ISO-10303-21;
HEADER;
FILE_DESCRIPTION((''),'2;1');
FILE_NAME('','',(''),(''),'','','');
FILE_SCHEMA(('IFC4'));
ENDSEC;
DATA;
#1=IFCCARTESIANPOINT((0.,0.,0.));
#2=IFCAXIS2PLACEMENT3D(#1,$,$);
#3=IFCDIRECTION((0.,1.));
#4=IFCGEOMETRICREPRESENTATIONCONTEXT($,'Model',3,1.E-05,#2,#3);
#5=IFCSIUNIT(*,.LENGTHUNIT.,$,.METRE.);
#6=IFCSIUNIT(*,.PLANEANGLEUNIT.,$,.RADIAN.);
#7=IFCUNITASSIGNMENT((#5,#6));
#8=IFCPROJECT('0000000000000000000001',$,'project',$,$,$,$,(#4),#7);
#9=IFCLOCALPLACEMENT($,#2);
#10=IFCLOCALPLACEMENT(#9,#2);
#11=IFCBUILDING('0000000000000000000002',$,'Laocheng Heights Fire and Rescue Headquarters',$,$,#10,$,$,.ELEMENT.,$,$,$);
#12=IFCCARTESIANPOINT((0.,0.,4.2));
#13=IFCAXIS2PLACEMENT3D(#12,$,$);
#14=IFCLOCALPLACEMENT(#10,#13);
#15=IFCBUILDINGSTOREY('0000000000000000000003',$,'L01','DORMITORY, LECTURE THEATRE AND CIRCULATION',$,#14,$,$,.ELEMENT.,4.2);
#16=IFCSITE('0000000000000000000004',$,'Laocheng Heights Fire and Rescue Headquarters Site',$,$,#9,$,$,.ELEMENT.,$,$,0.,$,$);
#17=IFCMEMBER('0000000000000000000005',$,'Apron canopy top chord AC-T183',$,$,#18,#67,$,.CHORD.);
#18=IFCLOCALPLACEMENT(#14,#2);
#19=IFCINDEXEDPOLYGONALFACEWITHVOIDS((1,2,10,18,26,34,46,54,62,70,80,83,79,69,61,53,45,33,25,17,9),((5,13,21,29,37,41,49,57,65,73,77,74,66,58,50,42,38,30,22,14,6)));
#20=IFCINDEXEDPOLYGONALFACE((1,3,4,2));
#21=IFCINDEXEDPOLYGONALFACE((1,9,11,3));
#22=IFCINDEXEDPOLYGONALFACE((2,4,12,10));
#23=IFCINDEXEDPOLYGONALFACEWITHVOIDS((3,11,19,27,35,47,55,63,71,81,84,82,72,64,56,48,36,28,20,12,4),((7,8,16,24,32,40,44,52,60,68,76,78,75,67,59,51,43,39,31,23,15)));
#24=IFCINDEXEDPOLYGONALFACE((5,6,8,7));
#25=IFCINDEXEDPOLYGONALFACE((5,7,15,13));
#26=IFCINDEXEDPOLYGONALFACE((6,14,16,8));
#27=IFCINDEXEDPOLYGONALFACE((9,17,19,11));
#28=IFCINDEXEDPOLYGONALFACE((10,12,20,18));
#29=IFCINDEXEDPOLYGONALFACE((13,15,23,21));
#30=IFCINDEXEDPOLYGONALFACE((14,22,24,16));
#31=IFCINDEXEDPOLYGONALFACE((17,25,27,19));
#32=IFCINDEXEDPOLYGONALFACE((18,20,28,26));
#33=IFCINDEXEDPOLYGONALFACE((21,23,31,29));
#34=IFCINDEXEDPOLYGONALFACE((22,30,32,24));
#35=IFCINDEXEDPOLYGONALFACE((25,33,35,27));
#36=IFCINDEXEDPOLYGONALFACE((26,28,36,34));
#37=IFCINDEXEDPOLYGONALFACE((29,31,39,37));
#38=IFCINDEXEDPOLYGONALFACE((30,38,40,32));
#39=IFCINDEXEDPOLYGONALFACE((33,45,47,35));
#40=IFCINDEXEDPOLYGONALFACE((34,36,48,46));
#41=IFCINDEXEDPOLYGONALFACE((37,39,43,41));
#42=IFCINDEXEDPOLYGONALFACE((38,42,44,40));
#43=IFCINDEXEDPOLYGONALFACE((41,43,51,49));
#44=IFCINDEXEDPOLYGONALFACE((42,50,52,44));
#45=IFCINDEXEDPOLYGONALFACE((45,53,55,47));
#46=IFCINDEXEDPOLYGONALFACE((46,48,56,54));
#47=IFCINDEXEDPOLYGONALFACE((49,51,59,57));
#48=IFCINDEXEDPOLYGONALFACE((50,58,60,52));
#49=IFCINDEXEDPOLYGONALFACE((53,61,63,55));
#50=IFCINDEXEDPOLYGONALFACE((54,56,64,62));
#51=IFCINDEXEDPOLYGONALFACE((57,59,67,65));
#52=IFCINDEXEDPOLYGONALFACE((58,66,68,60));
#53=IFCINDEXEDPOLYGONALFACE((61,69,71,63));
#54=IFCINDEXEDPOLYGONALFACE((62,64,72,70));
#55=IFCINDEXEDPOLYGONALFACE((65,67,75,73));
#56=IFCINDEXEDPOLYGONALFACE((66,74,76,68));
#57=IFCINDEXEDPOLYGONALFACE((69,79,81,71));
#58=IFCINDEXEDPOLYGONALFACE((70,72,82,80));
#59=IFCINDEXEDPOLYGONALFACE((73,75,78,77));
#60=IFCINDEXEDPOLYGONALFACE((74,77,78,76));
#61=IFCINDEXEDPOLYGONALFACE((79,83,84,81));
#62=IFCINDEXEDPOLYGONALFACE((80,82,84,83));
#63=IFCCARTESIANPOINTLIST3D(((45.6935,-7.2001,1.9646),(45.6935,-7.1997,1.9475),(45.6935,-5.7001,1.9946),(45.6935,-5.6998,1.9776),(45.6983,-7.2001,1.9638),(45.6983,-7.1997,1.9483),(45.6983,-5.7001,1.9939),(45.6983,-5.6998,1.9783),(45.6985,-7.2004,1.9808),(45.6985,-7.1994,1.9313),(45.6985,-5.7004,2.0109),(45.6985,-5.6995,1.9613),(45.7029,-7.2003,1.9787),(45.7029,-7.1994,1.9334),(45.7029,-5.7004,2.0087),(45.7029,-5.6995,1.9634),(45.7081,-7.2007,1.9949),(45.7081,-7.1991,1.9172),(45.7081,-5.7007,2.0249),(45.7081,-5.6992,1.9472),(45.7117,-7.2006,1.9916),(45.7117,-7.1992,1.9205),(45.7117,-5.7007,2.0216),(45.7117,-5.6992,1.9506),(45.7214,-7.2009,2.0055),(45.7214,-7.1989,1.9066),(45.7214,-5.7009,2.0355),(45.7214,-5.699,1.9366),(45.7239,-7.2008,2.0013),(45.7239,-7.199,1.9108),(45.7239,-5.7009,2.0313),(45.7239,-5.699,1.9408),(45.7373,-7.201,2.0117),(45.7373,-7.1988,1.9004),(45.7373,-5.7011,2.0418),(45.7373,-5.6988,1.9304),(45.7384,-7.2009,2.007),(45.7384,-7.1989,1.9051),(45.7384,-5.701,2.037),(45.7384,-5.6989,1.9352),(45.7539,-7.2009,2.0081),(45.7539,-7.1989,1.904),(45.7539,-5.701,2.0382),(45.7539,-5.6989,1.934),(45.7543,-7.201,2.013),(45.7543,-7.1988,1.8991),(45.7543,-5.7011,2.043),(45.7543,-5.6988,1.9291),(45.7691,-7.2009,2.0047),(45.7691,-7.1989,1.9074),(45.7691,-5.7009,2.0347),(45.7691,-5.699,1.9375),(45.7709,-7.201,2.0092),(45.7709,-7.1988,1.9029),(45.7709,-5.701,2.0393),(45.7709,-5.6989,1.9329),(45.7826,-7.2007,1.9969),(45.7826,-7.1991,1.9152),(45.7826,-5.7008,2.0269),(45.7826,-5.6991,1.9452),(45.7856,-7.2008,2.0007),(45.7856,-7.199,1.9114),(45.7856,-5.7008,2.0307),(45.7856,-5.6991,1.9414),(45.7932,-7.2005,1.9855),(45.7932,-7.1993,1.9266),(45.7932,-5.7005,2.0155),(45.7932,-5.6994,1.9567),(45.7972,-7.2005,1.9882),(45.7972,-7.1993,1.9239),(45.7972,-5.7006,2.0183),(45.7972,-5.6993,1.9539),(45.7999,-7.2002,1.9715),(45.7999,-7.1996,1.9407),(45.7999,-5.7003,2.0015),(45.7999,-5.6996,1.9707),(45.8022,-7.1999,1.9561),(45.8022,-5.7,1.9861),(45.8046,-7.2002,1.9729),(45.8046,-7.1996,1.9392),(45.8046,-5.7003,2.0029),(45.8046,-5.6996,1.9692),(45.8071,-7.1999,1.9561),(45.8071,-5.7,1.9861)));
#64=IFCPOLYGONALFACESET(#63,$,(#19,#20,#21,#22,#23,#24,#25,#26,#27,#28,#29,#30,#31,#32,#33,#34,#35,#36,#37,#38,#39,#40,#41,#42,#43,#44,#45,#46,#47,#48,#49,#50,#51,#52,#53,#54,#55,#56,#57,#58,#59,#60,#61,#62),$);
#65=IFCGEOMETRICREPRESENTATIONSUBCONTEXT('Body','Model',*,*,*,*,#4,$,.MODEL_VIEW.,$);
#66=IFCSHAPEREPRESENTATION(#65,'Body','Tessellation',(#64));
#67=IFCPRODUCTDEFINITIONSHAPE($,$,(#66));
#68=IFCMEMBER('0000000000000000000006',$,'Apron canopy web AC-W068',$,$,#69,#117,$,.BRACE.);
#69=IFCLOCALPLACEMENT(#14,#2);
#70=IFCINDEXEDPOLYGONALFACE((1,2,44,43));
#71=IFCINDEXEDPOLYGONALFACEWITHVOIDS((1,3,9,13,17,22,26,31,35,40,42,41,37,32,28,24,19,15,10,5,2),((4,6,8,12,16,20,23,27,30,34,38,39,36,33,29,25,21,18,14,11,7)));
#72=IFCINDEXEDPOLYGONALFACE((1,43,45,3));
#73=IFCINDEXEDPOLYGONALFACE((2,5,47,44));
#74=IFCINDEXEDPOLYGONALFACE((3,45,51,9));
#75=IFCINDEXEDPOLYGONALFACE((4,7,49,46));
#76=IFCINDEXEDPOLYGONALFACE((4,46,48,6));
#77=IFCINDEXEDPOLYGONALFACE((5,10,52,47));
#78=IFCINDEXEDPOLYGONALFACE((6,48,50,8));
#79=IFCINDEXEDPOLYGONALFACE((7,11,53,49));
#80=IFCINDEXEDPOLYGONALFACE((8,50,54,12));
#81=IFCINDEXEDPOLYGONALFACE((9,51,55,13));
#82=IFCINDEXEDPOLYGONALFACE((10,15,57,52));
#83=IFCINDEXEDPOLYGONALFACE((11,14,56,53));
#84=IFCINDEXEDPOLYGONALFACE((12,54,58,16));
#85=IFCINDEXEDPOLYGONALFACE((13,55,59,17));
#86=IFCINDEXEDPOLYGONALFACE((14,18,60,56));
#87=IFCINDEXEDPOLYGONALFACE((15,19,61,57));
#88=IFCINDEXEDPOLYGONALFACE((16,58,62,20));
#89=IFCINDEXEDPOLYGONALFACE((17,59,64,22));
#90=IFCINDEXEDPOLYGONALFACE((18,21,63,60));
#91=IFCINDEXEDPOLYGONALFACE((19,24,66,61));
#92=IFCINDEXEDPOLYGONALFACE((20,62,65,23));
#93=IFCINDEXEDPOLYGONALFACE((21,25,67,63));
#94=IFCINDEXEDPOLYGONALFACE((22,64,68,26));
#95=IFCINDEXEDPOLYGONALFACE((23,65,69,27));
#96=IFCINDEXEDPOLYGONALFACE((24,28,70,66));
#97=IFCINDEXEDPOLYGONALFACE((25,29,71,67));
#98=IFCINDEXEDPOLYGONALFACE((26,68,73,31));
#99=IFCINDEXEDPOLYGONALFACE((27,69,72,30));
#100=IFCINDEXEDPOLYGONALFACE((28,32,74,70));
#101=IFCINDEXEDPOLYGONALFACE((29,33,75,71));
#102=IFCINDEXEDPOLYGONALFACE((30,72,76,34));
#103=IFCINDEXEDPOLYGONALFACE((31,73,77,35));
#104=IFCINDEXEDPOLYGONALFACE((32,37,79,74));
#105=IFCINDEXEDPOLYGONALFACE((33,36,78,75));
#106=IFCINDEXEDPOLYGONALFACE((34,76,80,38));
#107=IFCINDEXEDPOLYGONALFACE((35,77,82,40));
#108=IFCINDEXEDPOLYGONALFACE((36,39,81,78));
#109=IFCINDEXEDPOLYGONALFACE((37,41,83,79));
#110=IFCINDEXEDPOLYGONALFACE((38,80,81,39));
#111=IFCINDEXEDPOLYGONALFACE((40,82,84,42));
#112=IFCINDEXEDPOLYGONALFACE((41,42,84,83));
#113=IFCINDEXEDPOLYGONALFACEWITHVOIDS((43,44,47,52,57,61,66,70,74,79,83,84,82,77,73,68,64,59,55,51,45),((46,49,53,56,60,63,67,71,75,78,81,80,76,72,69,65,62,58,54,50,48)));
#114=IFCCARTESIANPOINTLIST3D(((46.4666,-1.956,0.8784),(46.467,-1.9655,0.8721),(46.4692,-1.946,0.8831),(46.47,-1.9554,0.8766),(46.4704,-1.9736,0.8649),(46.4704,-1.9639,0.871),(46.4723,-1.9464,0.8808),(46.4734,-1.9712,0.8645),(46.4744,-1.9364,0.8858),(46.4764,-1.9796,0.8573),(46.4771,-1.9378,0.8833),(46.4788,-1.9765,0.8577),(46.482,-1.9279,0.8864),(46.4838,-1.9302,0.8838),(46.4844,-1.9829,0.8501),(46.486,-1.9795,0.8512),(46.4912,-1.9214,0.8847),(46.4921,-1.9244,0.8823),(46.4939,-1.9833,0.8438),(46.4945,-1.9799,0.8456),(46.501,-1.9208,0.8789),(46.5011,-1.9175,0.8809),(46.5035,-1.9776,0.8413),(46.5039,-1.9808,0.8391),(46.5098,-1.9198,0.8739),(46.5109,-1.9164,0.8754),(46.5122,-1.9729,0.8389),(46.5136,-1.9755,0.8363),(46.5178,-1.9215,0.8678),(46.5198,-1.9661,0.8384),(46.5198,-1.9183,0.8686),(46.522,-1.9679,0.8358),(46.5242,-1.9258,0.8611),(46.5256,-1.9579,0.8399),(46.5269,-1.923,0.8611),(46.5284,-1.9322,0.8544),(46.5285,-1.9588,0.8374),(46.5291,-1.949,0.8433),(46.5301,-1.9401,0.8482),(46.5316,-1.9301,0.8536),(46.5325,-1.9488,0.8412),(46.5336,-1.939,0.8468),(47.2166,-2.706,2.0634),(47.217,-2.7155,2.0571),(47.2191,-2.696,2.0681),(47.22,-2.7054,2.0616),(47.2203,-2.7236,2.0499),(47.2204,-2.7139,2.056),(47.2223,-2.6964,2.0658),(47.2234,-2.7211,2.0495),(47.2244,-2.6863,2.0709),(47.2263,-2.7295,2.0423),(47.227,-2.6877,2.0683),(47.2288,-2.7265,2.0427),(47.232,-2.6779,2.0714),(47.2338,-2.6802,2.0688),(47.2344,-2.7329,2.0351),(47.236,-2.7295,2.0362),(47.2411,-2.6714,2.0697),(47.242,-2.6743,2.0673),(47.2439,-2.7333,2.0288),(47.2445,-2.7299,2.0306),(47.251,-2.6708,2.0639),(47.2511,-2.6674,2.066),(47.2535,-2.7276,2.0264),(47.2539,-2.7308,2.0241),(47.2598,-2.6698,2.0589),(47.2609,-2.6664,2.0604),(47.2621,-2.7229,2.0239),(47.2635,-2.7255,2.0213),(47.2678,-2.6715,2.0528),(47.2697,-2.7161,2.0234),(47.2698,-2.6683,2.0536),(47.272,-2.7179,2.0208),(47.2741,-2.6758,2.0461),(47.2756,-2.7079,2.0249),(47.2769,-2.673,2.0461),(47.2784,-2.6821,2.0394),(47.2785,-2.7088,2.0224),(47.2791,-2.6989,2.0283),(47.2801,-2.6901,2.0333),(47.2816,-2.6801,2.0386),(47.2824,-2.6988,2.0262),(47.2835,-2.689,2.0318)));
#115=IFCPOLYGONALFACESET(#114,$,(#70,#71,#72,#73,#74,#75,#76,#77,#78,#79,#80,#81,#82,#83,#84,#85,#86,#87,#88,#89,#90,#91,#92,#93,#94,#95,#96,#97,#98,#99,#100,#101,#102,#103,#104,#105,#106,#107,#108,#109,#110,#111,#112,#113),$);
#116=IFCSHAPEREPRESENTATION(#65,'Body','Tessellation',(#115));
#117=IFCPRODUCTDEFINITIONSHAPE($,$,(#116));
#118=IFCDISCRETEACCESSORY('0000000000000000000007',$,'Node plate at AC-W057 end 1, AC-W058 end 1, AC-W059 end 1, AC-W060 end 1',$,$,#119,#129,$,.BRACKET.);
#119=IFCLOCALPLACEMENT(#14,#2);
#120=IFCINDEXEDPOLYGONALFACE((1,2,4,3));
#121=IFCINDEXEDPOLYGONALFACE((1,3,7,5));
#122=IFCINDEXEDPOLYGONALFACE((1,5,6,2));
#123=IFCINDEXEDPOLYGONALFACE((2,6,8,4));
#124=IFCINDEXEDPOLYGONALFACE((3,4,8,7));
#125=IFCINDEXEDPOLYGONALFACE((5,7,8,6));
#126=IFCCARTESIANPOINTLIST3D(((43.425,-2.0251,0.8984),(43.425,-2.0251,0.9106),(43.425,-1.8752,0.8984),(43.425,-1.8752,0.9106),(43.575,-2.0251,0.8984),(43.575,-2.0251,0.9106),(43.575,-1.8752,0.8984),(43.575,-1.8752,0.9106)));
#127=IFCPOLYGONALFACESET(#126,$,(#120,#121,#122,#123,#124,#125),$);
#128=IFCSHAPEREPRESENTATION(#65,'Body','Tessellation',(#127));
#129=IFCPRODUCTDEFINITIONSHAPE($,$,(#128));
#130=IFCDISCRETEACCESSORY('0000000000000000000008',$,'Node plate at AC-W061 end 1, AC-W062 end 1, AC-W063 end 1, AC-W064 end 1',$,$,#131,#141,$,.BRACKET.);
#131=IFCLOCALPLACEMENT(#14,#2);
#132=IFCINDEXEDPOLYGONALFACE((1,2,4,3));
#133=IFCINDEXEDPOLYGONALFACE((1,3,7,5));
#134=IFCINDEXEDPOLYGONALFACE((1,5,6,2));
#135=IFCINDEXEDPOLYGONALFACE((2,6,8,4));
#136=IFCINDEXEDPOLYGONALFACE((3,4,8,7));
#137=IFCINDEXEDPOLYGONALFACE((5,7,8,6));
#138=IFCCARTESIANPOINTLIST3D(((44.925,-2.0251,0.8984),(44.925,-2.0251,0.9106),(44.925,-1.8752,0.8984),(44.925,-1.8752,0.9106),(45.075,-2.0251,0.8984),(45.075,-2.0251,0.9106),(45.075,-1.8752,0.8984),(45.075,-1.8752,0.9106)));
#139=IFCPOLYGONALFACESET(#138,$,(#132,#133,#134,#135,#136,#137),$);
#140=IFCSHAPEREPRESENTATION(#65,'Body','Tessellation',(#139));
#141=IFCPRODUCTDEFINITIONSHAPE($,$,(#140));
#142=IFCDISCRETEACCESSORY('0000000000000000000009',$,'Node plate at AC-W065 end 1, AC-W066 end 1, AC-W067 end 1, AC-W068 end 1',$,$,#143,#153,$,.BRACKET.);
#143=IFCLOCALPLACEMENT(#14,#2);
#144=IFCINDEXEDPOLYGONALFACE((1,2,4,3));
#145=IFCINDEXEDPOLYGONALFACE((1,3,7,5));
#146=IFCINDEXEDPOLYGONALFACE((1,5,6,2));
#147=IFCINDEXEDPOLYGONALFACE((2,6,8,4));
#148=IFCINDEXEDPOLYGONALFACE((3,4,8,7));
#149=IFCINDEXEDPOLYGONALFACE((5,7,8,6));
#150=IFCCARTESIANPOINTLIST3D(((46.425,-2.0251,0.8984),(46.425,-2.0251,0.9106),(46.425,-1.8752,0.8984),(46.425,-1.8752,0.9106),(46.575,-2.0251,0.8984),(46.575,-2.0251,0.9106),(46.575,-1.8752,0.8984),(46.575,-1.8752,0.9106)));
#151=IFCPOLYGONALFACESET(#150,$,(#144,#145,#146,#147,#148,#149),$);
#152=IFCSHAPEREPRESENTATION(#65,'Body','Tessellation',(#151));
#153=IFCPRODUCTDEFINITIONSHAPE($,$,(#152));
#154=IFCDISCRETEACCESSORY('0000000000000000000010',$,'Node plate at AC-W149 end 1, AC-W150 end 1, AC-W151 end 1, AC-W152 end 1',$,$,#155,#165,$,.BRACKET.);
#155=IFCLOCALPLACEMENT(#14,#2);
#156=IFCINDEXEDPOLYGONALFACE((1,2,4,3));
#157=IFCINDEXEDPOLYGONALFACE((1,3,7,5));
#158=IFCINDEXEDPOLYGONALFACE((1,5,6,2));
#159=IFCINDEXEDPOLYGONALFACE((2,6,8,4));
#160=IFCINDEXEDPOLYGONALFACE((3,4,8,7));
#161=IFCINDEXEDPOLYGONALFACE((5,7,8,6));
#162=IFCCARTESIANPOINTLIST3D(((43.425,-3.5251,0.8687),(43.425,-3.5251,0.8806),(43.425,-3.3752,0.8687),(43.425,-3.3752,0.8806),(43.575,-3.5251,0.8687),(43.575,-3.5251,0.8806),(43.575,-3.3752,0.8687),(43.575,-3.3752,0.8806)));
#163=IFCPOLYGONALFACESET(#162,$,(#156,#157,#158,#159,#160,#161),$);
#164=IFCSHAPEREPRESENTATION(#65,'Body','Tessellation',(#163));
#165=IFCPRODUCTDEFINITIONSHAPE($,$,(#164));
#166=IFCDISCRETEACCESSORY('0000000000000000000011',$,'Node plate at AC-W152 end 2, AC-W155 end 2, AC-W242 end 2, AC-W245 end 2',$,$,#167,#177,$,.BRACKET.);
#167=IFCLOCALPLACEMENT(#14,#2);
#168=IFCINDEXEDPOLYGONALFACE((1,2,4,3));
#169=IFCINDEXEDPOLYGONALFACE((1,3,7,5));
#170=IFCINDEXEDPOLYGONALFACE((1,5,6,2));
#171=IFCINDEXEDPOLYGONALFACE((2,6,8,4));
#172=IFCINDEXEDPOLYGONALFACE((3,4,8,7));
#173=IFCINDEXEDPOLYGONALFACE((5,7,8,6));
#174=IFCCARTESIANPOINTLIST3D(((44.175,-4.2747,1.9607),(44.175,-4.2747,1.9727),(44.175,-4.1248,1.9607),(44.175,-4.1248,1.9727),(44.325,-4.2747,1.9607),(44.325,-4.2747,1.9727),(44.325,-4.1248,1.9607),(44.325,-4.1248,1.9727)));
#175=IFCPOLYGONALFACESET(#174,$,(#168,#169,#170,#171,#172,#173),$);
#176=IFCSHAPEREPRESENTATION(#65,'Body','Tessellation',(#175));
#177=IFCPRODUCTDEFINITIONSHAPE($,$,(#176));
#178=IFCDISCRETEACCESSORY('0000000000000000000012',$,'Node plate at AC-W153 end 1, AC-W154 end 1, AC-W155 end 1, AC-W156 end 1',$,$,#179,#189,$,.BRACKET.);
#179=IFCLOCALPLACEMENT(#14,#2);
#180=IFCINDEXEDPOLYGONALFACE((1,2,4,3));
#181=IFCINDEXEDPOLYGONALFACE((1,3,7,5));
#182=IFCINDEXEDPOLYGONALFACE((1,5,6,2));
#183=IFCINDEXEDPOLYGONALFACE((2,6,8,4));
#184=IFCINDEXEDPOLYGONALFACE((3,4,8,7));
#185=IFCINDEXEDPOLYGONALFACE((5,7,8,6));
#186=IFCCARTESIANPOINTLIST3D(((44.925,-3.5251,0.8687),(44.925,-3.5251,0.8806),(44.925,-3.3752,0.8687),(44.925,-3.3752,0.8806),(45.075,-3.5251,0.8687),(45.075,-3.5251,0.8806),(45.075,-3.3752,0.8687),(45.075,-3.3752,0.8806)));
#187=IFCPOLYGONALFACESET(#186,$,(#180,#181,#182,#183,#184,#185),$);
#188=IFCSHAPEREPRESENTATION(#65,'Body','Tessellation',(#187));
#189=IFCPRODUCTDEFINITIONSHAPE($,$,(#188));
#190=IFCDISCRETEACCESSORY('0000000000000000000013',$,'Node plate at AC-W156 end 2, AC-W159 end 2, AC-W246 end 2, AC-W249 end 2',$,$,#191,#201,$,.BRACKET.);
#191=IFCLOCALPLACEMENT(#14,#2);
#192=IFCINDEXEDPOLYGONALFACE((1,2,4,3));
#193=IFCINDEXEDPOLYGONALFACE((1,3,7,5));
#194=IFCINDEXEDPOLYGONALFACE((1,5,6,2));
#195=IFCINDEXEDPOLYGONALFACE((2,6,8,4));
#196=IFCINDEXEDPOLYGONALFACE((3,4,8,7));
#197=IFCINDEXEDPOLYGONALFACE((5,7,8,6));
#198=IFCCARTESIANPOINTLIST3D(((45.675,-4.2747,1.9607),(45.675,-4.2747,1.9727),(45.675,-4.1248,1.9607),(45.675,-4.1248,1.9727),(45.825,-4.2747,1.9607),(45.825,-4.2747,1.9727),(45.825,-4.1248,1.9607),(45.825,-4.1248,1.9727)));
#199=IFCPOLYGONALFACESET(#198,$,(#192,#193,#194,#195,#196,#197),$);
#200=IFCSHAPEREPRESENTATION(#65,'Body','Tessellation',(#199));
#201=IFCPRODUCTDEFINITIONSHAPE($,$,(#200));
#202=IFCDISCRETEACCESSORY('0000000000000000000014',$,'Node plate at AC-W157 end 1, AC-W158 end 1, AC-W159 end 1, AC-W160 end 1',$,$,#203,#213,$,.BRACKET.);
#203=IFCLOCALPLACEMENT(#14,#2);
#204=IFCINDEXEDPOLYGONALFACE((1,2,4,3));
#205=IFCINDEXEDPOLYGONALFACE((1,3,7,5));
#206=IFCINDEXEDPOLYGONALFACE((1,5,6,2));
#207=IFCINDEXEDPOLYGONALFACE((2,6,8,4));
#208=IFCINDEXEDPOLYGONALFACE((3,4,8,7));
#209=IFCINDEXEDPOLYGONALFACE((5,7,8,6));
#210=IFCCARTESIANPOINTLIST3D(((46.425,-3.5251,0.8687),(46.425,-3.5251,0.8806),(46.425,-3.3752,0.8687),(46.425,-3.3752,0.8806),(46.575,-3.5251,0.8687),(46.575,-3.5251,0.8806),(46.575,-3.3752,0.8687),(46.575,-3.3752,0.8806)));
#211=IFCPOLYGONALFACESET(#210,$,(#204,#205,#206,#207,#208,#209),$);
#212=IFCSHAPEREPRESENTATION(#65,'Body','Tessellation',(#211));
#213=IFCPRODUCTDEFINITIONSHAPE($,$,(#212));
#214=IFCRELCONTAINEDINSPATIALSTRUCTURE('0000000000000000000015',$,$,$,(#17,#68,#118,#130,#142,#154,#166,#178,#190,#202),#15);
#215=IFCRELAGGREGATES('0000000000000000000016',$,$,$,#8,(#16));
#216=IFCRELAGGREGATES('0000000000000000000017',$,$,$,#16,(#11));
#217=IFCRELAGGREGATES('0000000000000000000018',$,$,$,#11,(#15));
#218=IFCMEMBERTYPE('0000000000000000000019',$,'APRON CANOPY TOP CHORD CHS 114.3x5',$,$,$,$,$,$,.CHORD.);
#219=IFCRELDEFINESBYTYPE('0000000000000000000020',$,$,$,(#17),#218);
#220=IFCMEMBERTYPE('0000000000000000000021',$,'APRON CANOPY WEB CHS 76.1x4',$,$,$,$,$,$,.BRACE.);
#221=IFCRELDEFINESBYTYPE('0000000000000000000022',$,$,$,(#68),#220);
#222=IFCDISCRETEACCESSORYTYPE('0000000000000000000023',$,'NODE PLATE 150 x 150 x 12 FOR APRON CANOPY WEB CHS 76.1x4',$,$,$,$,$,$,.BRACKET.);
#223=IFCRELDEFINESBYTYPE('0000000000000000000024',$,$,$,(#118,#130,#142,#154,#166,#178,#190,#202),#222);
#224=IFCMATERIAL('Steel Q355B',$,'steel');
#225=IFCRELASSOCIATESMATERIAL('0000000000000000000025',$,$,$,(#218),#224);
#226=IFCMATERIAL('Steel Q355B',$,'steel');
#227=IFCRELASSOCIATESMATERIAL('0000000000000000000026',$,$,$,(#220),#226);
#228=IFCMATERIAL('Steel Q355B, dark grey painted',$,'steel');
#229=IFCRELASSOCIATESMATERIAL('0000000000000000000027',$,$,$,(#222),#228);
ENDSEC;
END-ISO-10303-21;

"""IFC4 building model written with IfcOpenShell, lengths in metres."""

from ifc_helpers import new_model, si_unit, direction, frame, origin, origin_2d, place, context, subcontext, project, spatial, rectangle, hollow_circle, extrude, material, material_profile, profile_set, type_object, element, save


model = new_model("IFC4")

# Units and contexts
model_context = context("Model", 3, precision=1e-05, world=origin(), true_north=direction((0.0, 1.0)))
body_context = subcontext(model_context, "Body", "Model", "MODEL_VIEW")
ifc_project = project(units=[si_unit("LENGTHUNIT", "METRE"), si_unit("PLANEANGLEUNIT", "RADIAN")], contexts=[model_context])

# Site, building, storey
site_placement = place(None, origin())
site = spatial("IfcSite", under=ifc_project, at=site_placement, Name="Laocheng Heights Fire and Rescue Headquarters Site", CompositionType="ELEMENT", RefElevation=0.0)
building_placement = place(site_placement, origin())
building = spatial("IfcBuilding", under=site, at=building_placement, Name="Laocheng Heights Fire and Rescue Headquarters", CompositionType="ELEMENT")
storey_placement = place(building_placement, frame((0.0, 0.0, 4.2)))
storey = spatial("IfcBuildingStorey", under=building, at=storey_placement, Name="L01", Description="DORMITORY, LECTURE THEATRE AND CIRCULATION", CompositionType="ELEMENT", Elevation=4.2)

# Members
ifc_material_1 = material(Name="Steel Q355B", Category="steel")
ifc_material_profile_1 = material_profile(ifc_material_1, hollow_circle(Radius=0.0571, WallThickness=0.0049, at=origin_2d()), Name="CHS 114.3x5")
ifc_profile_set_1 = profile_set([ifc_material_profile_1], Name="Steel Q355B")
member_type_1 = type_object("IfcMemberType", Name="APRON CANOPY TOP CHORD CHS 114.3x5", PredefinedType="CHORD", material=ifc_profile_set_1)
for number, where, z_axis, x_axis, name in (
    (1, (45.75, -5.7, 1.9861), (0.0, -0.9998, -0.020016), (1.0, 0.0, 0.0), "Apron canopy top chord AC-T183"),
):
    element("IfcMember", number, at=place(storey_placement, frame(where, z_axis=z_axis, x_axis=x_axis)), inside=storey, type_object=member_type_1, Name=name, PredefinedType="CHORD", context=body_context, shape_type="SweptSolid", body=[
        extrude(hollow_circle(Radius=0.0571, WallThickness=0.0049, at=origin_2d()), origin(), (0.0, 0.0, 1.0), 1.5002),
    ])
ifc_material_2 = material(Name="Steel Q355B", Category="steel")
ifc_material_profile_2 = material_profile(ifc_material_2, hollow_circle(Radius=0.0381, WallThickness=0.0039, at=origin_2d()), Name="CHS 76.1x4")
ifc_profile_set_2 = profile_set([ifc_material_profile_2], Name="Steel Q355B")
member_type_2 = type_object("IfcMemberType", Name="APRON CANOPY WEB CHS 76.1x4", PredefinedType="BRACE", material=ifc_profile_set_2)
member_placement = place(storey_placement, frame((46.5, -1.95, 0.8611), z_axis=(0.47158, -0.47158, 0.745134), x_axis=(0.707107, 0.707107, 0.0)))
element("IfcMember", 2, at=member_placement, inside=storey, type_object=member_type_2, Name="Apron canopy web AC-W068", PredefinedType="BRACE", context=body_context, shape_type="SweptSolid", body=[
    extrude(hollow_circle(Radius=0.0381, WallThickness=0.0039, at=origin_2d()), origin(), (0.0, 0.0, 1.0), 1.5903),
])

# Discrete accessories
ifc_material_3 = material(Name="Steel Q355B, dark grey painted", Category="steel")
ifc_material_profile_3 = material_profile(ifc_material_3, rectangle(XDim=0.1499, YDim=0.1499, at=origin_2d()), Name="NODE PLATE 150 x 150 x 12 FOR APRON CANOPY WEB CHS 76.1x4")
ifc_profile_set_3 = profile_set([ifc_material_profile_3], Name="Steel Q355B, dark grey painted")
discrete_accessory_type = type_object("IfcDiscreteAccessoryType", Name="NODE PLATE 150 x 150 x 12 FOR APRON CANOPY WEB CHS 76.1x4", PredefinedType="BRACKET", material=ifc_profile_set_3)
for number, where, z_axis, x_axis, name in (
    (3, (43.5, -1.9502, 0.8984), (0.0, 0.0, 1.0), (1.0, 0.0, 0.0), "Node plate at AC-W057 end 1, AC-W058 end 1, AC-W059 end 1, AC-W060 end 1"),
    (4, (45.0, -1.9502, 0.8984), (0.0, 0.0, 1.0), (1.0, 0.0, 0.0), "Node plate at AC-W061 end 1, AC-W062 end 1, AC-W063 end 1, AC-W064 end 1"),
    (5, (46.5, -1.9502, 0.8984), (0.0, 0.0, 1.0), (1.0, 0.0, 0.0), "Node plate at AC-W065 end 1, AC-W066 end 1, AC-W067 end 1, AC-W068 end 1"),
):
    element("IfcDiscreteAccessory", number, at=place(storey_placement, frame(where, z_axis=z_axis, x_axis=x_axis)), inside=storey, type_object=discrete_accessory_type, Name=name, PredefinedType="BRACKET", context=body_context, shape_type="SweptSolid", body=[
        extrude(rectangle(XDim=0.1499, YDim=0.1499, at=origin_2d()), origin(), (0.0, 0.0, 1.0), 0.0122),
    ])
for number, where, z_axis, x_axis, name in (
    (6, (43.5, -3.4502, 0.8687), (0.0, 0.0, 1.0), (1.0, 0.0, 0.0), "Node plate at AC-W149 end 1, AC-W150 end 1, AC-W151 end 1, AC-W152 end 1"),
    (7, (44.25, -4.1997, 1.9727), (0.0, 0.0, -1.0), (1.0, 0.0, 0.0), "Node plate at AC-W152 end 2, AC-W155 end 2, AC-W242 end 2, AC-W245 end 2"),
    (8, (45.0, -3.4502, 0.8687), (0.0, 0.0, 1.0), (1.0, 0.0, 0.0), "Node plate at AC-W153 end 1, AC-W154 end 1, AC-W155 end 1, AC-W156 end 1"),
    (9, (45.75, -4.1997, 1.9727), (0.0, 0.0, -1.0), (1.0, 0.0, 0.0), "Node plate at AC-W156 end 2, AC-W159 end 2, AC-W246 end 2, AC-W249 end 2"),
    (10, (46.5, -3.4502, 0.8687), (0.0, 0.0, 1.0), (1.0, 0.0, 0.0), "Node plate at AC-W157 end 1, AC-W158 end 1, AC-W159 end 1, AC-W160 end 1"),
):
    element("IfcDiscreteAccessory", number, at=place(storey_placement, frame(where, z_axis=z_axis, x_axis=x_axis)), inside=storey, type_object=discrete_accessory_type, Name=name, PredefinedType="BRACKET", context=body_context, shape_type="SweptSolid", body=[
        extrude(rectangle(XDim=0.1499, YDim=0.1499, at=origin_2d()), origin(), (0.0, 0.0, 1.0), 0.012),
    ])

save(model, "model.ifc")
